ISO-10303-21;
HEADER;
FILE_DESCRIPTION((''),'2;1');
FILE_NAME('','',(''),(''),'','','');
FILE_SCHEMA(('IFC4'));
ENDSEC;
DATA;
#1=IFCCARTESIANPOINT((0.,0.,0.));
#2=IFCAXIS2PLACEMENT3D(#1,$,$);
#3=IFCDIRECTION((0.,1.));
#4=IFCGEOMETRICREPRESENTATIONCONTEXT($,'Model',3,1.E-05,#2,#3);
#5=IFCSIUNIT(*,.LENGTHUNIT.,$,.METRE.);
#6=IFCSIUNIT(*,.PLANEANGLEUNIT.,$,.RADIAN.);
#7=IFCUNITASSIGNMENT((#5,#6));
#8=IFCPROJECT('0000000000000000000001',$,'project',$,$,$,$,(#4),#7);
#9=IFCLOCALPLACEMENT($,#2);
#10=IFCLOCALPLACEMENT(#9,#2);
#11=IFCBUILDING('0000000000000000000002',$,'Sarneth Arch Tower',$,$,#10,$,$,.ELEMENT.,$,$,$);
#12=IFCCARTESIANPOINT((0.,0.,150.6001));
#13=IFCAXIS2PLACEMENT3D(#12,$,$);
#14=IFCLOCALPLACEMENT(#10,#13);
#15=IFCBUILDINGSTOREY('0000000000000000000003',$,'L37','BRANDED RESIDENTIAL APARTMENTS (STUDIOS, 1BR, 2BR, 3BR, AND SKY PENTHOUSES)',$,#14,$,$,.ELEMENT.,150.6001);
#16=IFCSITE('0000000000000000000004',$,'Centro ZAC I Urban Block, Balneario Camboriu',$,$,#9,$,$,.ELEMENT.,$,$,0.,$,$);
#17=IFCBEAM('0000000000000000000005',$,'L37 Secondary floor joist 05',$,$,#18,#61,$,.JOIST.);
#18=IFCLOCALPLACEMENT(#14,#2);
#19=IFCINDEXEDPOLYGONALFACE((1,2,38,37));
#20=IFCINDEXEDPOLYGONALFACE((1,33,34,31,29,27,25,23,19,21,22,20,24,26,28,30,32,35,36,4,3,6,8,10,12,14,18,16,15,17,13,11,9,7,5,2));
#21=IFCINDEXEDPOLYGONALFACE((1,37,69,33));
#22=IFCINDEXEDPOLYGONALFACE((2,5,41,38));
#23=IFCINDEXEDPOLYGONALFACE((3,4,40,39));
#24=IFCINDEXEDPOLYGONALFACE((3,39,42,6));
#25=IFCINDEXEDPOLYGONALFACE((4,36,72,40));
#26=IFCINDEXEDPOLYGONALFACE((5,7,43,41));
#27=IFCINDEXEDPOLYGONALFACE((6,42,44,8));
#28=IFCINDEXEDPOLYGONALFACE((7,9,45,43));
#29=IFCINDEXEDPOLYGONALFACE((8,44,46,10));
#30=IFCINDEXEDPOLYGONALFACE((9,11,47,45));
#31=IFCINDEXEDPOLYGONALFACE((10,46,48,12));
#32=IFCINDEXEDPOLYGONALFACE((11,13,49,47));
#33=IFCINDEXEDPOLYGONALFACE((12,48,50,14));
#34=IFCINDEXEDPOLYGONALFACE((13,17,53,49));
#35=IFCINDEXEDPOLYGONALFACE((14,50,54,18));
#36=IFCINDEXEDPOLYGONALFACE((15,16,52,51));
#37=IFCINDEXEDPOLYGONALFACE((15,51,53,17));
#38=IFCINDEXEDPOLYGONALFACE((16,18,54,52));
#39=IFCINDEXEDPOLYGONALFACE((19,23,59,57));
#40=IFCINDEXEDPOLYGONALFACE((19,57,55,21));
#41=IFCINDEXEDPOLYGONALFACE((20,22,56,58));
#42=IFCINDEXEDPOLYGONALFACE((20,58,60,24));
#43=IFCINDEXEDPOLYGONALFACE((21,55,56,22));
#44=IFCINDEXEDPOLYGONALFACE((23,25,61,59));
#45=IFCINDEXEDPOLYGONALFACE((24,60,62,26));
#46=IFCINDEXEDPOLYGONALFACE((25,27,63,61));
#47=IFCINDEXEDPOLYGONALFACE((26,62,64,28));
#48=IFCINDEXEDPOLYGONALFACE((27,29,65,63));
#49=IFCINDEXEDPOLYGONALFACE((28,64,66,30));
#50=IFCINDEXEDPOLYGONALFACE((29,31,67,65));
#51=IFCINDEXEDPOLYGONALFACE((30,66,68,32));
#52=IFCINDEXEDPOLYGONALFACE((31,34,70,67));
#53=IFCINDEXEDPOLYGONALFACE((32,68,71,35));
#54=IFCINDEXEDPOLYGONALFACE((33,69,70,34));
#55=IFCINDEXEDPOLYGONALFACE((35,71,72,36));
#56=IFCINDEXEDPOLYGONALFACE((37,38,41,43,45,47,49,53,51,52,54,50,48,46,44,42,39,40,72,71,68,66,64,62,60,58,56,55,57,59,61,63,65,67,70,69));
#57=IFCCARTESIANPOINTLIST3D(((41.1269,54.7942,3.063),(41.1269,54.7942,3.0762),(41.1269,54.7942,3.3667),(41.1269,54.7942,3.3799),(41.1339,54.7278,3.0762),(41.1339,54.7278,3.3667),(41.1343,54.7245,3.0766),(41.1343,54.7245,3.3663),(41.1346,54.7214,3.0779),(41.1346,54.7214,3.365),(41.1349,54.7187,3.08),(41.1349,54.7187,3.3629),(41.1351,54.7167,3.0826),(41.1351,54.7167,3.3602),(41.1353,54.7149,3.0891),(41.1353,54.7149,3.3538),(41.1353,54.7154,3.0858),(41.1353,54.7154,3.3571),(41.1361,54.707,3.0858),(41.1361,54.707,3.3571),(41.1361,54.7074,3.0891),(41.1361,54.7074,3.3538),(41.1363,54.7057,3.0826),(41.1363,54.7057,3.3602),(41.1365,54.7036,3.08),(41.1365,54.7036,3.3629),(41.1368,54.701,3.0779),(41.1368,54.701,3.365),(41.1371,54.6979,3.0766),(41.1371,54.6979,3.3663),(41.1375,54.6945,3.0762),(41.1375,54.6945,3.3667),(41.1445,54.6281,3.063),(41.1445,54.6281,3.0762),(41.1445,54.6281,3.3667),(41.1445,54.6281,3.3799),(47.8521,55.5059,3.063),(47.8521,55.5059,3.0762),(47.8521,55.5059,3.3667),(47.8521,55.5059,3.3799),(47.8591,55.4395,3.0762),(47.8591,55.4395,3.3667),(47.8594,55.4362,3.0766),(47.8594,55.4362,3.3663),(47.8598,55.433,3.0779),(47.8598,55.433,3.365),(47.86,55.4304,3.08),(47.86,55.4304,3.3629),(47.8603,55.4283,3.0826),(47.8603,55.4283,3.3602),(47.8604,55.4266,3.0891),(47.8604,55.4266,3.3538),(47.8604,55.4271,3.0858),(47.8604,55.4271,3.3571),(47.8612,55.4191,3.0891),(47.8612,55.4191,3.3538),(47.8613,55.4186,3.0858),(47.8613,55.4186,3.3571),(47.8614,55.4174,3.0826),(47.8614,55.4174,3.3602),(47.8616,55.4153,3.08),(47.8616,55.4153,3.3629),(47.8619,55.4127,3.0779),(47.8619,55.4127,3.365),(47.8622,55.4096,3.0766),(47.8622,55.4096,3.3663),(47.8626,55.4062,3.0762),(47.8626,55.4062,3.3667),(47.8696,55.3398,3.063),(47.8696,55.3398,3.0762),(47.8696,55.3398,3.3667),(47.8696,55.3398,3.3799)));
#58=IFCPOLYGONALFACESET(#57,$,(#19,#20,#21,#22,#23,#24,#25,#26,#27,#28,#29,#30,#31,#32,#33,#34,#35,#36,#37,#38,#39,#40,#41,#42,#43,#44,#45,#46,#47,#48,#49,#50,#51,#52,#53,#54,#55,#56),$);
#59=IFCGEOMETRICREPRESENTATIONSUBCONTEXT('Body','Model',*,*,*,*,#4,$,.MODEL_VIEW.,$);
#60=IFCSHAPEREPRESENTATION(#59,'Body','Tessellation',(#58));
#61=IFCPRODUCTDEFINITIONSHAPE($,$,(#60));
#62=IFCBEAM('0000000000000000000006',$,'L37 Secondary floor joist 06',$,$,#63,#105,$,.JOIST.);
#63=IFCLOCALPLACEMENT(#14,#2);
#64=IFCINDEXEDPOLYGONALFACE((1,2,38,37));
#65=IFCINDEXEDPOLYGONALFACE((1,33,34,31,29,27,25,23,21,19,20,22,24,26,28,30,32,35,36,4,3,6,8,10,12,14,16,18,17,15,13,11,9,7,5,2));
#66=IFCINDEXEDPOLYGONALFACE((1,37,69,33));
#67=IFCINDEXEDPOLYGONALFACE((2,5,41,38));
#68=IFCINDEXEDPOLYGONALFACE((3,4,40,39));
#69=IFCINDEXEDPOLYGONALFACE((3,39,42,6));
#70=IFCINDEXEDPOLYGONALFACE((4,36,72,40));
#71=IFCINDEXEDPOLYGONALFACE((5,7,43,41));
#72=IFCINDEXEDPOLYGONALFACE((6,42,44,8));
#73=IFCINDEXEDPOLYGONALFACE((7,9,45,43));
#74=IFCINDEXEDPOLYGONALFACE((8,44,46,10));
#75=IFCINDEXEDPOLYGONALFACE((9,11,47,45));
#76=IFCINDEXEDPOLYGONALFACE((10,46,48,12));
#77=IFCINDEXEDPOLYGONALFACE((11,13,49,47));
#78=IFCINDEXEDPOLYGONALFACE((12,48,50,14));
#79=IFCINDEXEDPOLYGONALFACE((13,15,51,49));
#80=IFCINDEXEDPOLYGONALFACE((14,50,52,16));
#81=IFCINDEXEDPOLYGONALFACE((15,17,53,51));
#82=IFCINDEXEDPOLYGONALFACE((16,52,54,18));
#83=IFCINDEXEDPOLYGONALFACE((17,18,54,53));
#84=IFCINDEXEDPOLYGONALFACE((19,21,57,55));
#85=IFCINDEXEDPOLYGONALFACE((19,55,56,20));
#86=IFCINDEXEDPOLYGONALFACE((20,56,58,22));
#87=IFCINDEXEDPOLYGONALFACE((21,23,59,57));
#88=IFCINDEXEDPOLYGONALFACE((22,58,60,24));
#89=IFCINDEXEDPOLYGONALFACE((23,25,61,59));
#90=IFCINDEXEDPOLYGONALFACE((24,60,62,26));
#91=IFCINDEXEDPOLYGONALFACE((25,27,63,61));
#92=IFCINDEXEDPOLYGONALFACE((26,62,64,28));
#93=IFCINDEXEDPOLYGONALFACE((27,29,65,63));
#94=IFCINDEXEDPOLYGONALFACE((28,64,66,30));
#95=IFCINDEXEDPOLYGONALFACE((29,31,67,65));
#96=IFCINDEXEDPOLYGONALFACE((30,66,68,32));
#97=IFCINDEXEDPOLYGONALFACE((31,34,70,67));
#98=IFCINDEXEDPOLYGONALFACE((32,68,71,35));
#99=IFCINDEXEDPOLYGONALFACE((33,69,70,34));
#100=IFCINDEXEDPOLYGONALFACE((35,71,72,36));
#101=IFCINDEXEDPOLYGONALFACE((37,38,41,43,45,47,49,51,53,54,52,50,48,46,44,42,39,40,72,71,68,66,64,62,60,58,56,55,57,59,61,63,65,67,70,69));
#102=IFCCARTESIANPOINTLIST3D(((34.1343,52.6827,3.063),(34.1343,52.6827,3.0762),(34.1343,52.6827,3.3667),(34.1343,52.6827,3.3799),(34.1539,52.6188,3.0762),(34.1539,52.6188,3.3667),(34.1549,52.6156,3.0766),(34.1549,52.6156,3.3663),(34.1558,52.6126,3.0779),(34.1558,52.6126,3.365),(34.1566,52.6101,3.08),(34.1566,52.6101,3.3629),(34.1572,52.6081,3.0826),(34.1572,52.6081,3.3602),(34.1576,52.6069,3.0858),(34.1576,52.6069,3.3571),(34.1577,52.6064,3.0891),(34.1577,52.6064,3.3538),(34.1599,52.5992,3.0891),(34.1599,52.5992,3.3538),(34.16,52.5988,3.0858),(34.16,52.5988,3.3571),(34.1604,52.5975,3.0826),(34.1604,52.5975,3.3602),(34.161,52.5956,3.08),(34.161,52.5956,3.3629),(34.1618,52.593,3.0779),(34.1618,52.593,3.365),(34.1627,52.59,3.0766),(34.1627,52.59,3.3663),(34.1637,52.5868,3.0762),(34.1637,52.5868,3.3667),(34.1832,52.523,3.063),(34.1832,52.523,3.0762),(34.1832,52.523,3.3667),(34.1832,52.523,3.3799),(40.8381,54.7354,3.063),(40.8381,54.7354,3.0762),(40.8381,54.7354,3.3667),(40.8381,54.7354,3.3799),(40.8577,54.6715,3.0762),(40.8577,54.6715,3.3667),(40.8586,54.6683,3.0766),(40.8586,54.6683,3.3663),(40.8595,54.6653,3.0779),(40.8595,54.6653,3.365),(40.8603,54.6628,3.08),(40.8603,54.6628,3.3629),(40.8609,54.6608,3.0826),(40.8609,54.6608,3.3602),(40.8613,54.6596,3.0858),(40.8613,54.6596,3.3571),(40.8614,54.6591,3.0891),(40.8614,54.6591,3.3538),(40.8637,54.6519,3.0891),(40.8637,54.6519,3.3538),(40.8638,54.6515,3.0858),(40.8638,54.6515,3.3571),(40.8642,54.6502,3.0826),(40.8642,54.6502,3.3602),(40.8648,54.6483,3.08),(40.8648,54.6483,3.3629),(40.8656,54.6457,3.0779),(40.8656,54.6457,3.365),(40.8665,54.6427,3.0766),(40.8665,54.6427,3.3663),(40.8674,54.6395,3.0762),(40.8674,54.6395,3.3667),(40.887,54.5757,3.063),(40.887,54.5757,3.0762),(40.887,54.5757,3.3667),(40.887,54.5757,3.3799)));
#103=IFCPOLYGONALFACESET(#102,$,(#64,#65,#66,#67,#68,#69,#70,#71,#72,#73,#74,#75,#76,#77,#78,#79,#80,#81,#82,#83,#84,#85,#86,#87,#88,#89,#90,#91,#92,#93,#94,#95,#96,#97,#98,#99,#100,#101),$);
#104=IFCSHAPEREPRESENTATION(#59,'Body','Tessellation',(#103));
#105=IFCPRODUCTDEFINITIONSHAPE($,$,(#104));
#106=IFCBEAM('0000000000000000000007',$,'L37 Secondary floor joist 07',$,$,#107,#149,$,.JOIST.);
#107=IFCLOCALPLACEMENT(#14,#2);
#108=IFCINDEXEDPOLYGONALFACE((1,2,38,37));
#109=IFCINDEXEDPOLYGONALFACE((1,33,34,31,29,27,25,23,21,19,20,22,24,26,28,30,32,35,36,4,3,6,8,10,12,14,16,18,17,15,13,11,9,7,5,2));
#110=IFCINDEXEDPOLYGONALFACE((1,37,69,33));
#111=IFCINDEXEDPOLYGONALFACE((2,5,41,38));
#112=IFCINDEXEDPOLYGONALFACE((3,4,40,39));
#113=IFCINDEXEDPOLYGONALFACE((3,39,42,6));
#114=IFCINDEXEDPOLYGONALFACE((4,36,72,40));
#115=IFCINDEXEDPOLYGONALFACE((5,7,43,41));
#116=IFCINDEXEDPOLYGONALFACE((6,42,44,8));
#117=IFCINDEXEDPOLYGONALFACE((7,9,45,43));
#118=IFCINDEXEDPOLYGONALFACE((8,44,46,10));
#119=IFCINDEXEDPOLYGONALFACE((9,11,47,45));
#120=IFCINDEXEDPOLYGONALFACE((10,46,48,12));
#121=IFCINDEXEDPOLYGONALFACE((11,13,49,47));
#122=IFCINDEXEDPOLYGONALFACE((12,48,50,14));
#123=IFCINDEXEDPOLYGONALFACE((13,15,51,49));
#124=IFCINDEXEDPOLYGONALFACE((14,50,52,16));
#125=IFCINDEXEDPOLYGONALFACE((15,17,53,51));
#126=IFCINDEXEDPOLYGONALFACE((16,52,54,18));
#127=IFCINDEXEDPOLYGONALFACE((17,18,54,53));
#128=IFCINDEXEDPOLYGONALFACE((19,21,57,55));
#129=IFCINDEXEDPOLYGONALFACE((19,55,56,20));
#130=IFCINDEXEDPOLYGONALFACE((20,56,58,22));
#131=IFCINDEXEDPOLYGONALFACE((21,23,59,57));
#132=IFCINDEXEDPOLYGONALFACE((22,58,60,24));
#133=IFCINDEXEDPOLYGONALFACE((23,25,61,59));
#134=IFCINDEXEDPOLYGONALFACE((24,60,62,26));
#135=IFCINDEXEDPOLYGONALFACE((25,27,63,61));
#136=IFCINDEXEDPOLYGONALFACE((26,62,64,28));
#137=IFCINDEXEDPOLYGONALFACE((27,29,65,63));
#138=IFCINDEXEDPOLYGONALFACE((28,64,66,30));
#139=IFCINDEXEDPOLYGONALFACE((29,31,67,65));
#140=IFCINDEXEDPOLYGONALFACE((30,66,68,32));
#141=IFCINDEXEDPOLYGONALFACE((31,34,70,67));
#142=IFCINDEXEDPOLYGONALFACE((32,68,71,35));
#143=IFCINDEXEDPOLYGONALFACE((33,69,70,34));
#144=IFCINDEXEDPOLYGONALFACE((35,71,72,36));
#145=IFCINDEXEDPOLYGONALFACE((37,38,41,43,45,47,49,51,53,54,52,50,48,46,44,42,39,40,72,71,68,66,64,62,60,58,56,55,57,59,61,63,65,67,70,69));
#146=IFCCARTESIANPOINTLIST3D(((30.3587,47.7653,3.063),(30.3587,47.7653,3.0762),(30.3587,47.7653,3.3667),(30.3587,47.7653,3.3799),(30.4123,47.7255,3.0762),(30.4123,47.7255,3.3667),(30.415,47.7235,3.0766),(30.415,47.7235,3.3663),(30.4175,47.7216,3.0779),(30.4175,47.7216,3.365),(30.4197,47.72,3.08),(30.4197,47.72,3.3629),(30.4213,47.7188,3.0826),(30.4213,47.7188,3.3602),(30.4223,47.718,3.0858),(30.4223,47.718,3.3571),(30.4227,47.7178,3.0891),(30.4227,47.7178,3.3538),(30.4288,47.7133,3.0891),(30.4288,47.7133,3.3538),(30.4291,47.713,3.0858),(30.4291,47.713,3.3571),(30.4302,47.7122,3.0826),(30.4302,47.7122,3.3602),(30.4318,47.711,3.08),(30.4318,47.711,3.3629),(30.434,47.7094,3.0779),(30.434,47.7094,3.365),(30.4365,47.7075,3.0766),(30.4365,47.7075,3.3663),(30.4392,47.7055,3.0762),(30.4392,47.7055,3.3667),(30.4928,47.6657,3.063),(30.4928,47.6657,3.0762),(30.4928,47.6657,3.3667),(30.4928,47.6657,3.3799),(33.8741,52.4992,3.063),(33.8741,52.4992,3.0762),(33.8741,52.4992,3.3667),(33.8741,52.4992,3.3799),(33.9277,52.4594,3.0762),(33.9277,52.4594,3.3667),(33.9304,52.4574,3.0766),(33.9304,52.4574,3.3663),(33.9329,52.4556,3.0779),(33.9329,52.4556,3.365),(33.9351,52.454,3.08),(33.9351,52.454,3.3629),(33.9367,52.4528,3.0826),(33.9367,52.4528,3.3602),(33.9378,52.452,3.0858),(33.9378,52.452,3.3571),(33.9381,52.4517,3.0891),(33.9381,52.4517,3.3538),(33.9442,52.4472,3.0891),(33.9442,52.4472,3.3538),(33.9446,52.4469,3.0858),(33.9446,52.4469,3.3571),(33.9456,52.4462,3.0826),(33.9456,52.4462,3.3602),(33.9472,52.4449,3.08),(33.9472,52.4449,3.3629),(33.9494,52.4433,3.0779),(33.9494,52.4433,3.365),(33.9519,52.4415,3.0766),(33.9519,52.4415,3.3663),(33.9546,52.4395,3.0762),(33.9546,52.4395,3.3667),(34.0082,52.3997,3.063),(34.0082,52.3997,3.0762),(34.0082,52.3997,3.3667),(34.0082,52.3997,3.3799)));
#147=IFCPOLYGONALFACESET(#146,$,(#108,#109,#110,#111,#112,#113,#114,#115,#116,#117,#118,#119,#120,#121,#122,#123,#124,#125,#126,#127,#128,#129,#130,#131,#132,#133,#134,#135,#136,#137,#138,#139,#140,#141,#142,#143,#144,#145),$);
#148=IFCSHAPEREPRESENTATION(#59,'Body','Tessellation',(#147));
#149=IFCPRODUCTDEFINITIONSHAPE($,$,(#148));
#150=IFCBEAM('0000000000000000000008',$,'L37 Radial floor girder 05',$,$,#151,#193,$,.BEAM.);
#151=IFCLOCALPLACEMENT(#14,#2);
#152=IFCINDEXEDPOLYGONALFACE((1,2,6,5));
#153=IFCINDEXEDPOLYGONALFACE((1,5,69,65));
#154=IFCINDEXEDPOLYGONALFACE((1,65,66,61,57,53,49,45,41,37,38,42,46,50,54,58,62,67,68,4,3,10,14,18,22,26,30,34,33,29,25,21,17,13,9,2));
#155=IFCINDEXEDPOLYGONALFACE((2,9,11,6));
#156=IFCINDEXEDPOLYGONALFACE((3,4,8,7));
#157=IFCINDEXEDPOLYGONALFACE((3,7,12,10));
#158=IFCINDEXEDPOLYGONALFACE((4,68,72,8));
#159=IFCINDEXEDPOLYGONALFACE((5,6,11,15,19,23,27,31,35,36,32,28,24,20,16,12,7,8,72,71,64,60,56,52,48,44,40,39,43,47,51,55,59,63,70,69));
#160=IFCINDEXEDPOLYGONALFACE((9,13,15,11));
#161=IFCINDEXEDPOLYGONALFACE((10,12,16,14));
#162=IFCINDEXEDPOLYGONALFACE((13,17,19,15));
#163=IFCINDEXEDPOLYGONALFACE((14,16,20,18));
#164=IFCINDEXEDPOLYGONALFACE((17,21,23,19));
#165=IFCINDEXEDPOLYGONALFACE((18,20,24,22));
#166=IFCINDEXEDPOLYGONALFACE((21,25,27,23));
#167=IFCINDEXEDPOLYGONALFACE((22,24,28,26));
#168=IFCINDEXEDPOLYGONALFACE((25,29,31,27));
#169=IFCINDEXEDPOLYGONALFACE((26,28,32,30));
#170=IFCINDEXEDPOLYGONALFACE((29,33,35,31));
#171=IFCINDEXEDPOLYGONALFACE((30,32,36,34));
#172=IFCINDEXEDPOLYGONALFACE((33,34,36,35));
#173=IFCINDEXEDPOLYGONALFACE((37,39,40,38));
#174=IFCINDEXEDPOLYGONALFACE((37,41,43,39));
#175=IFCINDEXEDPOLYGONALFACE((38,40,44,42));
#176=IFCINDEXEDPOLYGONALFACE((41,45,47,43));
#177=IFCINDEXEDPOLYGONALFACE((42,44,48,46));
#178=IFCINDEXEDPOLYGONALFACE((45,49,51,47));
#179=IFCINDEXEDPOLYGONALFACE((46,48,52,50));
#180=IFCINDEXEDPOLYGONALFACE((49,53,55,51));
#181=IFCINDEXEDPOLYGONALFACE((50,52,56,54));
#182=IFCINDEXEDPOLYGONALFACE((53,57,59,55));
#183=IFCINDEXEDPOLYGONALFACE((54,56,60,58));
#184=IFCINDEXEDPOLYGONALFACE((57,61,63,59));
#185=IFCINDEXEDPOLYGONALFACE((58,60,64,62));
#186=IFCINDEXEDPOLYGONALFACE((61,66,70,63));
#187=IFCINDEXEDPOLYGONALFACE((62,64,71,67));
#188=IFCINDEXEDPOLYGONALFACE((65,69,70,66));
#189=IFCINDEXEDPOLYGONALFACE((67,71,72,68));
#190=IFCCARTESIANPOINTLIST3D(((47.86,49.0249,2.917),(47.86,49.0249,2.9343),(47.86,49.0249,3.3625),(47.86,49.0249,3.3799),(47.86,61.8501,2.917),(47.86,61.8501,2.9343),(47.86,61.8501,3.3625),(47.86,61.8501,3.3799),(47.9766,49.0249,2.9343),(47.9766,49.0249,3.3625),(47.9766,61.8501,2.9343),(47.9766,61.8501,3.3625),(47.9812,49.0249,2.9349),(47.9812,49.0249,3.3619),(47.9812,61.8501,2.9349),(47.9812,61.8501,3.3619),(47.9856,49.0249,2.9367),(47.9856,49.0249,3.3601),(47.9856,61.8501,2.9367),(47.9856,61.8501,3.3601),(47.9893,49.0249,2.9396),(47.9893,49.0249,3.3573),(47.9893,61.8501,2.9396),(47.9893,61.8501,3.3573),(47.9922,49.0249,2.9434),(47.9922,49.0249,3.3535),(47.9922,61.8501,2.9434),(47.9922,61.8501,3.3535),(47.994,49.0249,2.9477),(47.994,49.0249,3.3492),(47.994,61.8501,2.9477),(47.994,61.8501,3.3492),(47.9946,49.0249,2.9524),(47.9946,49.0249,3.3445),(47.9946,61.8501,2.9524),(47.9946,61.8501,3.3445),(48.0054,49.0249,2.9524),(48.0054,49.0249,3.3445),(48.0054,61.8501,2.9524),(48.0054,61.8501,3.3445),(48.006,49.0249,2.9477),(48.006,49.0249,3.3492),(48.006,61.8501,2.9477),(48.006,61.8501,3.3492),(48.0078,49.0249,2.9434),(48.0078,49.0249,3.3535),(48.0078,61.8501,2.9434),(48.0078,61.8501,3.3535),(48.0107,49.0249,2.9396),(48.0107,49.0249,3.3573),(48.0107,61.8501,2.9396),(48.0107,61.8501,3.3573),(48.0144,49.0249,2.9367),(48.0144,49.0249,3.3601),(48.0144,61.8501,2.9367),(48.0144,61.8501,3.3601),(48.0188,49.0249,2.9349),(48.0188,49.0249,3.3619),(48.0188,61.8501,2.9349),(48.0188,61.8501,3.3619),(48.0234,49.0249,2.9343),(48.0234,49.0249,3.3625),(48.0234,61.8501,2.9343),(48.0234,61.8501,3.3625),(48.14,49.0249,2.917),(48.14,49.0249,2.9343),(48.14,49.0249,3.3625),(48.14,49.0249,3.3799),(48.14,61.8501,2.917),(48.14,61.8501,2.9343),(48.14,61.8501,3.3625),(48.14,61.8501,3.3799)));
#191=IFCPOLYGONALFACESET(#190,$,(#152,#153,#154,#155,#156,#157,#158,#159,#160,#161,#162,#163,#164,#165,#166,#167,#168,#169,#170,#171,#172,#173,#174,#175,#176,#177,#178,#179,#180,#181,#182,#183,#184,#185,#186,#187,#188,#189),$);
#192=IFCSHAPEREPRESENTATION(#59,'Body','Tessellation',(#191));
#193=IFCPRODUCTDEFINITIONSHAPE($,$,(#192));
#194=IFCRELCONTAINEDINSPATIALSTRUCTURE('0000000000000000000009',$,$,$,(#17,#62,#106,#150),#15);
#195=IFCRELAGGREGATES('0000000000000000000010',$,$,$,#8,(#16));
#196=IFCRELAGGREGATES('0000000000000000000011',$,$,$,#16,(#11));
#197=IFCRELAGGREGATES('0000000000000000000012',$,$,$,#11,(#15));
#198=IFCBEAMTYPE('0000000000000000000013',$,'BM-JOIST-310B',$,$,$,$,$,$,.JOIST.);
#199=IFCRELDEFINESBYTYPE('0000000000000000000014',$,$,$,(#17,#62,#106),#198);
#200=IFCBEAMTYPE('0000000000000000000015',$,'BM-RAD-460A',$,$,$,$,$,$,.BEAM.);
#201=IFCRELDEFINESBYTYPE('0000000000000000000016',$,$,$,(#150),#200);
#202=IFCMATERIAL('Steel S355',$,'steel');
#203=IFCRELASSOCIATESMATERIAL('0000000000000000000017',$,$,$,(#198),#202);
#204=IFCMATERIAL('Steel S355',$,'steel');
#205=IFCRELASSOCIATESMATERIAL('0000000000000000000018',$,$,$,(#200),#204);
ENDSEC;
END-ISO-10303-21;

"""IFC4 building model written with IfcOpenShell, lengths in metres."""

from ifc_helpers import new_model, si_unit, direction, frame, origin, origin_2d, place, context, subcontext, project, spatial, i_section, extrude, material, material_profile, profile_set, type_object, element, save


model = new_model("IFC4")

# Units and contexts
model_context = context("Model", 3, precision=1e-05, world=origin(), true_north=direction((0.0, 1.0)))
body_context = subcontext(model_context, "Body", "Model", "MODEL_VIEW")
ifc_project = project(units=[si_unit("LENGTHUNIT", "METRE"), si_unit("PLANEANGLEUNIT", "RADIAN")], contexts=[model_context])

# Site, building, storey
site_placement = place(None, origin())
site = spatial("IfcSite", under=ifc_project, at=site_placement, Name="Centro ZAC I Urban Block, Balneario Camboriu", CompositionType="ELEMENT", RefElevation=0.0)
building_placement = place(site_placement, origin())
building = spatial("IfcBuilding", under=site, at=building_placement, Name="Sarneth Arch Tower", CompositionType="ELEMENT")
storey_placement = place(building_placement, frame((0.0, 0.0, 150.6001)))
storey = spatial("IfcBuildingStorey", under=building, at=storey_placement, Name="L37", Description="BRANDED RESIDENTIAL APARTMENTS (STUDIOS, 1BR, 2BR, 3BR, AND SKY PENTHOUSES)", CompositionType="ELEMENT", Elevation=150.6001)

# Beams
ifc_material_1 = material(Name="Steel S355", Category="steel")
ifc_material_profile_1 = material_profile(ifc_material_1, i_section(OverallWidth=0.167, OverallDepth=0.3169, WebThickness=0.0076, FlangeThickness=0.0132, FilletRadius=0.0129, at=origin_2d()), Name="W310x52")
ifc_profile_set_1 = profile_set([ifc_material_profile_1], Name="Steel S355")
beam_type_1 = type_object("IfcBeamType", Name="BM-JOIST-310B", PredefinedType="JOIST", material=ifc_profile_set_1)
beam_1_placement = place(storey_placement, frame((47.8608, 55.4229, 3.2214), z_axis=(-0.994447, -0.105235, 0.0), x_axis=(0.105235, -0.994447, 0.0)))
element("IfcBeam", 1, at=beam_1_placement, inside=storey, type_object=beam_type_1, Name="L37 Secondary floor joist 05", PredefinedType="JOIST", context=body_context, shape_type="SweptSolid", body=[
    extrude(i_section(OverallWidth=0.167, OverallDepth=0.3169, WebThickness=0.0076, FlangeThickness=0.0132, FilletRadius=0.0129, at=origin_2d()), origin(), (0.0, 0.0, 1.0), 6.7627),
])
beam_2_placement = place(storey_placement, frame((40.8625, 54.6555, 3.2214), z_axis=(-0.956179, -0.292784, 0.0), x_axis=(0.292784, -0.956179, 0.0)))
element("IfcBeam", 2, at=beam_2_placement, inside=storey, type_object=beam_type_1, Name="L37 Secondary floor joist 06", PredefinedType="JOIST", context=body_context, shape_type="SweptSolid", body=[
    extrude(i_section(OverallWidth=0.167, OverallDepth=0.3169, WebThickness=0.0076, FlangeThickness=0.0132, FilletRadius=0.0129, at=origin_2d()), origin(), (0.0, 0.0, 1.0), 7.011),
])
beam_3_placement = place(storey_placement, frame((33.9412, 52.4495, 3.2214), z_axis=(-0.596191, -0.802843, 0.0), x_axis=(0.802843, -0.596191, 0.0)))
element("IfcBeam", 3, at=beam_3_placement, inside=storey, type_object=beam_type_1, Name="L37 Secondary floor joist 07", PredefinedType="JOIST", context=body_context, shape_type="SweptSolid", body=[
    extrude(i_section(OverallWidth=0.167, OverallDepth=0.3169, WebThickness=0.0076, FlangeThickness=0.0132, FilletRadius=0.0129, at=origin_2d()), origin(), (0.0, 0.0, 1.0), 5.8965),
])
ifc_material_2 = material(Name="Steel S355", Category="steel")
ifc_material_profile_2 = material_profile(ifc_material_2, i_section(OverallWidth=0.28, OverallDepth=0.4629, WebThickness=0.0107, FlangeThickness=0.0173, FilletRadius=0.0181, at=origin_2d()), Name="W460x113")
ifc_profile_set_2 = profile_set([ifc_material_profile_2], Name="Steel S355")
beam_type_2 = type_object("IfcBeamType", Name="BM-RAD-460A", PredefinedType="BEAM", material=ifc_profile_set_2)
beam_4_placement = place(storey_placement, frame((48.0, 49.0249, 3.1484), z_axis=(0.0, 1.0, 0.0), x_axis=(-1.0, 0.0, 0.0)))
element("IfcBeam", 4, at=beam_4_placement, inside=storey, type_object=beam_type_2, Name="L37 Radial floor girder 05", PredefinedType="BEAM", context=body_context, shape_type="SweptSolid", body=[
    extrude(i_section(OverallWidth=0.28, OverallDepth=0.4629, WebThickness=0.0107, FlangeThickness=0.0173, FilletRadius=0.0181, at=origin_2d()), origin(), (0.0, 0.0, 1.0), 12.8252),
])

save(model, "model.ifc")
